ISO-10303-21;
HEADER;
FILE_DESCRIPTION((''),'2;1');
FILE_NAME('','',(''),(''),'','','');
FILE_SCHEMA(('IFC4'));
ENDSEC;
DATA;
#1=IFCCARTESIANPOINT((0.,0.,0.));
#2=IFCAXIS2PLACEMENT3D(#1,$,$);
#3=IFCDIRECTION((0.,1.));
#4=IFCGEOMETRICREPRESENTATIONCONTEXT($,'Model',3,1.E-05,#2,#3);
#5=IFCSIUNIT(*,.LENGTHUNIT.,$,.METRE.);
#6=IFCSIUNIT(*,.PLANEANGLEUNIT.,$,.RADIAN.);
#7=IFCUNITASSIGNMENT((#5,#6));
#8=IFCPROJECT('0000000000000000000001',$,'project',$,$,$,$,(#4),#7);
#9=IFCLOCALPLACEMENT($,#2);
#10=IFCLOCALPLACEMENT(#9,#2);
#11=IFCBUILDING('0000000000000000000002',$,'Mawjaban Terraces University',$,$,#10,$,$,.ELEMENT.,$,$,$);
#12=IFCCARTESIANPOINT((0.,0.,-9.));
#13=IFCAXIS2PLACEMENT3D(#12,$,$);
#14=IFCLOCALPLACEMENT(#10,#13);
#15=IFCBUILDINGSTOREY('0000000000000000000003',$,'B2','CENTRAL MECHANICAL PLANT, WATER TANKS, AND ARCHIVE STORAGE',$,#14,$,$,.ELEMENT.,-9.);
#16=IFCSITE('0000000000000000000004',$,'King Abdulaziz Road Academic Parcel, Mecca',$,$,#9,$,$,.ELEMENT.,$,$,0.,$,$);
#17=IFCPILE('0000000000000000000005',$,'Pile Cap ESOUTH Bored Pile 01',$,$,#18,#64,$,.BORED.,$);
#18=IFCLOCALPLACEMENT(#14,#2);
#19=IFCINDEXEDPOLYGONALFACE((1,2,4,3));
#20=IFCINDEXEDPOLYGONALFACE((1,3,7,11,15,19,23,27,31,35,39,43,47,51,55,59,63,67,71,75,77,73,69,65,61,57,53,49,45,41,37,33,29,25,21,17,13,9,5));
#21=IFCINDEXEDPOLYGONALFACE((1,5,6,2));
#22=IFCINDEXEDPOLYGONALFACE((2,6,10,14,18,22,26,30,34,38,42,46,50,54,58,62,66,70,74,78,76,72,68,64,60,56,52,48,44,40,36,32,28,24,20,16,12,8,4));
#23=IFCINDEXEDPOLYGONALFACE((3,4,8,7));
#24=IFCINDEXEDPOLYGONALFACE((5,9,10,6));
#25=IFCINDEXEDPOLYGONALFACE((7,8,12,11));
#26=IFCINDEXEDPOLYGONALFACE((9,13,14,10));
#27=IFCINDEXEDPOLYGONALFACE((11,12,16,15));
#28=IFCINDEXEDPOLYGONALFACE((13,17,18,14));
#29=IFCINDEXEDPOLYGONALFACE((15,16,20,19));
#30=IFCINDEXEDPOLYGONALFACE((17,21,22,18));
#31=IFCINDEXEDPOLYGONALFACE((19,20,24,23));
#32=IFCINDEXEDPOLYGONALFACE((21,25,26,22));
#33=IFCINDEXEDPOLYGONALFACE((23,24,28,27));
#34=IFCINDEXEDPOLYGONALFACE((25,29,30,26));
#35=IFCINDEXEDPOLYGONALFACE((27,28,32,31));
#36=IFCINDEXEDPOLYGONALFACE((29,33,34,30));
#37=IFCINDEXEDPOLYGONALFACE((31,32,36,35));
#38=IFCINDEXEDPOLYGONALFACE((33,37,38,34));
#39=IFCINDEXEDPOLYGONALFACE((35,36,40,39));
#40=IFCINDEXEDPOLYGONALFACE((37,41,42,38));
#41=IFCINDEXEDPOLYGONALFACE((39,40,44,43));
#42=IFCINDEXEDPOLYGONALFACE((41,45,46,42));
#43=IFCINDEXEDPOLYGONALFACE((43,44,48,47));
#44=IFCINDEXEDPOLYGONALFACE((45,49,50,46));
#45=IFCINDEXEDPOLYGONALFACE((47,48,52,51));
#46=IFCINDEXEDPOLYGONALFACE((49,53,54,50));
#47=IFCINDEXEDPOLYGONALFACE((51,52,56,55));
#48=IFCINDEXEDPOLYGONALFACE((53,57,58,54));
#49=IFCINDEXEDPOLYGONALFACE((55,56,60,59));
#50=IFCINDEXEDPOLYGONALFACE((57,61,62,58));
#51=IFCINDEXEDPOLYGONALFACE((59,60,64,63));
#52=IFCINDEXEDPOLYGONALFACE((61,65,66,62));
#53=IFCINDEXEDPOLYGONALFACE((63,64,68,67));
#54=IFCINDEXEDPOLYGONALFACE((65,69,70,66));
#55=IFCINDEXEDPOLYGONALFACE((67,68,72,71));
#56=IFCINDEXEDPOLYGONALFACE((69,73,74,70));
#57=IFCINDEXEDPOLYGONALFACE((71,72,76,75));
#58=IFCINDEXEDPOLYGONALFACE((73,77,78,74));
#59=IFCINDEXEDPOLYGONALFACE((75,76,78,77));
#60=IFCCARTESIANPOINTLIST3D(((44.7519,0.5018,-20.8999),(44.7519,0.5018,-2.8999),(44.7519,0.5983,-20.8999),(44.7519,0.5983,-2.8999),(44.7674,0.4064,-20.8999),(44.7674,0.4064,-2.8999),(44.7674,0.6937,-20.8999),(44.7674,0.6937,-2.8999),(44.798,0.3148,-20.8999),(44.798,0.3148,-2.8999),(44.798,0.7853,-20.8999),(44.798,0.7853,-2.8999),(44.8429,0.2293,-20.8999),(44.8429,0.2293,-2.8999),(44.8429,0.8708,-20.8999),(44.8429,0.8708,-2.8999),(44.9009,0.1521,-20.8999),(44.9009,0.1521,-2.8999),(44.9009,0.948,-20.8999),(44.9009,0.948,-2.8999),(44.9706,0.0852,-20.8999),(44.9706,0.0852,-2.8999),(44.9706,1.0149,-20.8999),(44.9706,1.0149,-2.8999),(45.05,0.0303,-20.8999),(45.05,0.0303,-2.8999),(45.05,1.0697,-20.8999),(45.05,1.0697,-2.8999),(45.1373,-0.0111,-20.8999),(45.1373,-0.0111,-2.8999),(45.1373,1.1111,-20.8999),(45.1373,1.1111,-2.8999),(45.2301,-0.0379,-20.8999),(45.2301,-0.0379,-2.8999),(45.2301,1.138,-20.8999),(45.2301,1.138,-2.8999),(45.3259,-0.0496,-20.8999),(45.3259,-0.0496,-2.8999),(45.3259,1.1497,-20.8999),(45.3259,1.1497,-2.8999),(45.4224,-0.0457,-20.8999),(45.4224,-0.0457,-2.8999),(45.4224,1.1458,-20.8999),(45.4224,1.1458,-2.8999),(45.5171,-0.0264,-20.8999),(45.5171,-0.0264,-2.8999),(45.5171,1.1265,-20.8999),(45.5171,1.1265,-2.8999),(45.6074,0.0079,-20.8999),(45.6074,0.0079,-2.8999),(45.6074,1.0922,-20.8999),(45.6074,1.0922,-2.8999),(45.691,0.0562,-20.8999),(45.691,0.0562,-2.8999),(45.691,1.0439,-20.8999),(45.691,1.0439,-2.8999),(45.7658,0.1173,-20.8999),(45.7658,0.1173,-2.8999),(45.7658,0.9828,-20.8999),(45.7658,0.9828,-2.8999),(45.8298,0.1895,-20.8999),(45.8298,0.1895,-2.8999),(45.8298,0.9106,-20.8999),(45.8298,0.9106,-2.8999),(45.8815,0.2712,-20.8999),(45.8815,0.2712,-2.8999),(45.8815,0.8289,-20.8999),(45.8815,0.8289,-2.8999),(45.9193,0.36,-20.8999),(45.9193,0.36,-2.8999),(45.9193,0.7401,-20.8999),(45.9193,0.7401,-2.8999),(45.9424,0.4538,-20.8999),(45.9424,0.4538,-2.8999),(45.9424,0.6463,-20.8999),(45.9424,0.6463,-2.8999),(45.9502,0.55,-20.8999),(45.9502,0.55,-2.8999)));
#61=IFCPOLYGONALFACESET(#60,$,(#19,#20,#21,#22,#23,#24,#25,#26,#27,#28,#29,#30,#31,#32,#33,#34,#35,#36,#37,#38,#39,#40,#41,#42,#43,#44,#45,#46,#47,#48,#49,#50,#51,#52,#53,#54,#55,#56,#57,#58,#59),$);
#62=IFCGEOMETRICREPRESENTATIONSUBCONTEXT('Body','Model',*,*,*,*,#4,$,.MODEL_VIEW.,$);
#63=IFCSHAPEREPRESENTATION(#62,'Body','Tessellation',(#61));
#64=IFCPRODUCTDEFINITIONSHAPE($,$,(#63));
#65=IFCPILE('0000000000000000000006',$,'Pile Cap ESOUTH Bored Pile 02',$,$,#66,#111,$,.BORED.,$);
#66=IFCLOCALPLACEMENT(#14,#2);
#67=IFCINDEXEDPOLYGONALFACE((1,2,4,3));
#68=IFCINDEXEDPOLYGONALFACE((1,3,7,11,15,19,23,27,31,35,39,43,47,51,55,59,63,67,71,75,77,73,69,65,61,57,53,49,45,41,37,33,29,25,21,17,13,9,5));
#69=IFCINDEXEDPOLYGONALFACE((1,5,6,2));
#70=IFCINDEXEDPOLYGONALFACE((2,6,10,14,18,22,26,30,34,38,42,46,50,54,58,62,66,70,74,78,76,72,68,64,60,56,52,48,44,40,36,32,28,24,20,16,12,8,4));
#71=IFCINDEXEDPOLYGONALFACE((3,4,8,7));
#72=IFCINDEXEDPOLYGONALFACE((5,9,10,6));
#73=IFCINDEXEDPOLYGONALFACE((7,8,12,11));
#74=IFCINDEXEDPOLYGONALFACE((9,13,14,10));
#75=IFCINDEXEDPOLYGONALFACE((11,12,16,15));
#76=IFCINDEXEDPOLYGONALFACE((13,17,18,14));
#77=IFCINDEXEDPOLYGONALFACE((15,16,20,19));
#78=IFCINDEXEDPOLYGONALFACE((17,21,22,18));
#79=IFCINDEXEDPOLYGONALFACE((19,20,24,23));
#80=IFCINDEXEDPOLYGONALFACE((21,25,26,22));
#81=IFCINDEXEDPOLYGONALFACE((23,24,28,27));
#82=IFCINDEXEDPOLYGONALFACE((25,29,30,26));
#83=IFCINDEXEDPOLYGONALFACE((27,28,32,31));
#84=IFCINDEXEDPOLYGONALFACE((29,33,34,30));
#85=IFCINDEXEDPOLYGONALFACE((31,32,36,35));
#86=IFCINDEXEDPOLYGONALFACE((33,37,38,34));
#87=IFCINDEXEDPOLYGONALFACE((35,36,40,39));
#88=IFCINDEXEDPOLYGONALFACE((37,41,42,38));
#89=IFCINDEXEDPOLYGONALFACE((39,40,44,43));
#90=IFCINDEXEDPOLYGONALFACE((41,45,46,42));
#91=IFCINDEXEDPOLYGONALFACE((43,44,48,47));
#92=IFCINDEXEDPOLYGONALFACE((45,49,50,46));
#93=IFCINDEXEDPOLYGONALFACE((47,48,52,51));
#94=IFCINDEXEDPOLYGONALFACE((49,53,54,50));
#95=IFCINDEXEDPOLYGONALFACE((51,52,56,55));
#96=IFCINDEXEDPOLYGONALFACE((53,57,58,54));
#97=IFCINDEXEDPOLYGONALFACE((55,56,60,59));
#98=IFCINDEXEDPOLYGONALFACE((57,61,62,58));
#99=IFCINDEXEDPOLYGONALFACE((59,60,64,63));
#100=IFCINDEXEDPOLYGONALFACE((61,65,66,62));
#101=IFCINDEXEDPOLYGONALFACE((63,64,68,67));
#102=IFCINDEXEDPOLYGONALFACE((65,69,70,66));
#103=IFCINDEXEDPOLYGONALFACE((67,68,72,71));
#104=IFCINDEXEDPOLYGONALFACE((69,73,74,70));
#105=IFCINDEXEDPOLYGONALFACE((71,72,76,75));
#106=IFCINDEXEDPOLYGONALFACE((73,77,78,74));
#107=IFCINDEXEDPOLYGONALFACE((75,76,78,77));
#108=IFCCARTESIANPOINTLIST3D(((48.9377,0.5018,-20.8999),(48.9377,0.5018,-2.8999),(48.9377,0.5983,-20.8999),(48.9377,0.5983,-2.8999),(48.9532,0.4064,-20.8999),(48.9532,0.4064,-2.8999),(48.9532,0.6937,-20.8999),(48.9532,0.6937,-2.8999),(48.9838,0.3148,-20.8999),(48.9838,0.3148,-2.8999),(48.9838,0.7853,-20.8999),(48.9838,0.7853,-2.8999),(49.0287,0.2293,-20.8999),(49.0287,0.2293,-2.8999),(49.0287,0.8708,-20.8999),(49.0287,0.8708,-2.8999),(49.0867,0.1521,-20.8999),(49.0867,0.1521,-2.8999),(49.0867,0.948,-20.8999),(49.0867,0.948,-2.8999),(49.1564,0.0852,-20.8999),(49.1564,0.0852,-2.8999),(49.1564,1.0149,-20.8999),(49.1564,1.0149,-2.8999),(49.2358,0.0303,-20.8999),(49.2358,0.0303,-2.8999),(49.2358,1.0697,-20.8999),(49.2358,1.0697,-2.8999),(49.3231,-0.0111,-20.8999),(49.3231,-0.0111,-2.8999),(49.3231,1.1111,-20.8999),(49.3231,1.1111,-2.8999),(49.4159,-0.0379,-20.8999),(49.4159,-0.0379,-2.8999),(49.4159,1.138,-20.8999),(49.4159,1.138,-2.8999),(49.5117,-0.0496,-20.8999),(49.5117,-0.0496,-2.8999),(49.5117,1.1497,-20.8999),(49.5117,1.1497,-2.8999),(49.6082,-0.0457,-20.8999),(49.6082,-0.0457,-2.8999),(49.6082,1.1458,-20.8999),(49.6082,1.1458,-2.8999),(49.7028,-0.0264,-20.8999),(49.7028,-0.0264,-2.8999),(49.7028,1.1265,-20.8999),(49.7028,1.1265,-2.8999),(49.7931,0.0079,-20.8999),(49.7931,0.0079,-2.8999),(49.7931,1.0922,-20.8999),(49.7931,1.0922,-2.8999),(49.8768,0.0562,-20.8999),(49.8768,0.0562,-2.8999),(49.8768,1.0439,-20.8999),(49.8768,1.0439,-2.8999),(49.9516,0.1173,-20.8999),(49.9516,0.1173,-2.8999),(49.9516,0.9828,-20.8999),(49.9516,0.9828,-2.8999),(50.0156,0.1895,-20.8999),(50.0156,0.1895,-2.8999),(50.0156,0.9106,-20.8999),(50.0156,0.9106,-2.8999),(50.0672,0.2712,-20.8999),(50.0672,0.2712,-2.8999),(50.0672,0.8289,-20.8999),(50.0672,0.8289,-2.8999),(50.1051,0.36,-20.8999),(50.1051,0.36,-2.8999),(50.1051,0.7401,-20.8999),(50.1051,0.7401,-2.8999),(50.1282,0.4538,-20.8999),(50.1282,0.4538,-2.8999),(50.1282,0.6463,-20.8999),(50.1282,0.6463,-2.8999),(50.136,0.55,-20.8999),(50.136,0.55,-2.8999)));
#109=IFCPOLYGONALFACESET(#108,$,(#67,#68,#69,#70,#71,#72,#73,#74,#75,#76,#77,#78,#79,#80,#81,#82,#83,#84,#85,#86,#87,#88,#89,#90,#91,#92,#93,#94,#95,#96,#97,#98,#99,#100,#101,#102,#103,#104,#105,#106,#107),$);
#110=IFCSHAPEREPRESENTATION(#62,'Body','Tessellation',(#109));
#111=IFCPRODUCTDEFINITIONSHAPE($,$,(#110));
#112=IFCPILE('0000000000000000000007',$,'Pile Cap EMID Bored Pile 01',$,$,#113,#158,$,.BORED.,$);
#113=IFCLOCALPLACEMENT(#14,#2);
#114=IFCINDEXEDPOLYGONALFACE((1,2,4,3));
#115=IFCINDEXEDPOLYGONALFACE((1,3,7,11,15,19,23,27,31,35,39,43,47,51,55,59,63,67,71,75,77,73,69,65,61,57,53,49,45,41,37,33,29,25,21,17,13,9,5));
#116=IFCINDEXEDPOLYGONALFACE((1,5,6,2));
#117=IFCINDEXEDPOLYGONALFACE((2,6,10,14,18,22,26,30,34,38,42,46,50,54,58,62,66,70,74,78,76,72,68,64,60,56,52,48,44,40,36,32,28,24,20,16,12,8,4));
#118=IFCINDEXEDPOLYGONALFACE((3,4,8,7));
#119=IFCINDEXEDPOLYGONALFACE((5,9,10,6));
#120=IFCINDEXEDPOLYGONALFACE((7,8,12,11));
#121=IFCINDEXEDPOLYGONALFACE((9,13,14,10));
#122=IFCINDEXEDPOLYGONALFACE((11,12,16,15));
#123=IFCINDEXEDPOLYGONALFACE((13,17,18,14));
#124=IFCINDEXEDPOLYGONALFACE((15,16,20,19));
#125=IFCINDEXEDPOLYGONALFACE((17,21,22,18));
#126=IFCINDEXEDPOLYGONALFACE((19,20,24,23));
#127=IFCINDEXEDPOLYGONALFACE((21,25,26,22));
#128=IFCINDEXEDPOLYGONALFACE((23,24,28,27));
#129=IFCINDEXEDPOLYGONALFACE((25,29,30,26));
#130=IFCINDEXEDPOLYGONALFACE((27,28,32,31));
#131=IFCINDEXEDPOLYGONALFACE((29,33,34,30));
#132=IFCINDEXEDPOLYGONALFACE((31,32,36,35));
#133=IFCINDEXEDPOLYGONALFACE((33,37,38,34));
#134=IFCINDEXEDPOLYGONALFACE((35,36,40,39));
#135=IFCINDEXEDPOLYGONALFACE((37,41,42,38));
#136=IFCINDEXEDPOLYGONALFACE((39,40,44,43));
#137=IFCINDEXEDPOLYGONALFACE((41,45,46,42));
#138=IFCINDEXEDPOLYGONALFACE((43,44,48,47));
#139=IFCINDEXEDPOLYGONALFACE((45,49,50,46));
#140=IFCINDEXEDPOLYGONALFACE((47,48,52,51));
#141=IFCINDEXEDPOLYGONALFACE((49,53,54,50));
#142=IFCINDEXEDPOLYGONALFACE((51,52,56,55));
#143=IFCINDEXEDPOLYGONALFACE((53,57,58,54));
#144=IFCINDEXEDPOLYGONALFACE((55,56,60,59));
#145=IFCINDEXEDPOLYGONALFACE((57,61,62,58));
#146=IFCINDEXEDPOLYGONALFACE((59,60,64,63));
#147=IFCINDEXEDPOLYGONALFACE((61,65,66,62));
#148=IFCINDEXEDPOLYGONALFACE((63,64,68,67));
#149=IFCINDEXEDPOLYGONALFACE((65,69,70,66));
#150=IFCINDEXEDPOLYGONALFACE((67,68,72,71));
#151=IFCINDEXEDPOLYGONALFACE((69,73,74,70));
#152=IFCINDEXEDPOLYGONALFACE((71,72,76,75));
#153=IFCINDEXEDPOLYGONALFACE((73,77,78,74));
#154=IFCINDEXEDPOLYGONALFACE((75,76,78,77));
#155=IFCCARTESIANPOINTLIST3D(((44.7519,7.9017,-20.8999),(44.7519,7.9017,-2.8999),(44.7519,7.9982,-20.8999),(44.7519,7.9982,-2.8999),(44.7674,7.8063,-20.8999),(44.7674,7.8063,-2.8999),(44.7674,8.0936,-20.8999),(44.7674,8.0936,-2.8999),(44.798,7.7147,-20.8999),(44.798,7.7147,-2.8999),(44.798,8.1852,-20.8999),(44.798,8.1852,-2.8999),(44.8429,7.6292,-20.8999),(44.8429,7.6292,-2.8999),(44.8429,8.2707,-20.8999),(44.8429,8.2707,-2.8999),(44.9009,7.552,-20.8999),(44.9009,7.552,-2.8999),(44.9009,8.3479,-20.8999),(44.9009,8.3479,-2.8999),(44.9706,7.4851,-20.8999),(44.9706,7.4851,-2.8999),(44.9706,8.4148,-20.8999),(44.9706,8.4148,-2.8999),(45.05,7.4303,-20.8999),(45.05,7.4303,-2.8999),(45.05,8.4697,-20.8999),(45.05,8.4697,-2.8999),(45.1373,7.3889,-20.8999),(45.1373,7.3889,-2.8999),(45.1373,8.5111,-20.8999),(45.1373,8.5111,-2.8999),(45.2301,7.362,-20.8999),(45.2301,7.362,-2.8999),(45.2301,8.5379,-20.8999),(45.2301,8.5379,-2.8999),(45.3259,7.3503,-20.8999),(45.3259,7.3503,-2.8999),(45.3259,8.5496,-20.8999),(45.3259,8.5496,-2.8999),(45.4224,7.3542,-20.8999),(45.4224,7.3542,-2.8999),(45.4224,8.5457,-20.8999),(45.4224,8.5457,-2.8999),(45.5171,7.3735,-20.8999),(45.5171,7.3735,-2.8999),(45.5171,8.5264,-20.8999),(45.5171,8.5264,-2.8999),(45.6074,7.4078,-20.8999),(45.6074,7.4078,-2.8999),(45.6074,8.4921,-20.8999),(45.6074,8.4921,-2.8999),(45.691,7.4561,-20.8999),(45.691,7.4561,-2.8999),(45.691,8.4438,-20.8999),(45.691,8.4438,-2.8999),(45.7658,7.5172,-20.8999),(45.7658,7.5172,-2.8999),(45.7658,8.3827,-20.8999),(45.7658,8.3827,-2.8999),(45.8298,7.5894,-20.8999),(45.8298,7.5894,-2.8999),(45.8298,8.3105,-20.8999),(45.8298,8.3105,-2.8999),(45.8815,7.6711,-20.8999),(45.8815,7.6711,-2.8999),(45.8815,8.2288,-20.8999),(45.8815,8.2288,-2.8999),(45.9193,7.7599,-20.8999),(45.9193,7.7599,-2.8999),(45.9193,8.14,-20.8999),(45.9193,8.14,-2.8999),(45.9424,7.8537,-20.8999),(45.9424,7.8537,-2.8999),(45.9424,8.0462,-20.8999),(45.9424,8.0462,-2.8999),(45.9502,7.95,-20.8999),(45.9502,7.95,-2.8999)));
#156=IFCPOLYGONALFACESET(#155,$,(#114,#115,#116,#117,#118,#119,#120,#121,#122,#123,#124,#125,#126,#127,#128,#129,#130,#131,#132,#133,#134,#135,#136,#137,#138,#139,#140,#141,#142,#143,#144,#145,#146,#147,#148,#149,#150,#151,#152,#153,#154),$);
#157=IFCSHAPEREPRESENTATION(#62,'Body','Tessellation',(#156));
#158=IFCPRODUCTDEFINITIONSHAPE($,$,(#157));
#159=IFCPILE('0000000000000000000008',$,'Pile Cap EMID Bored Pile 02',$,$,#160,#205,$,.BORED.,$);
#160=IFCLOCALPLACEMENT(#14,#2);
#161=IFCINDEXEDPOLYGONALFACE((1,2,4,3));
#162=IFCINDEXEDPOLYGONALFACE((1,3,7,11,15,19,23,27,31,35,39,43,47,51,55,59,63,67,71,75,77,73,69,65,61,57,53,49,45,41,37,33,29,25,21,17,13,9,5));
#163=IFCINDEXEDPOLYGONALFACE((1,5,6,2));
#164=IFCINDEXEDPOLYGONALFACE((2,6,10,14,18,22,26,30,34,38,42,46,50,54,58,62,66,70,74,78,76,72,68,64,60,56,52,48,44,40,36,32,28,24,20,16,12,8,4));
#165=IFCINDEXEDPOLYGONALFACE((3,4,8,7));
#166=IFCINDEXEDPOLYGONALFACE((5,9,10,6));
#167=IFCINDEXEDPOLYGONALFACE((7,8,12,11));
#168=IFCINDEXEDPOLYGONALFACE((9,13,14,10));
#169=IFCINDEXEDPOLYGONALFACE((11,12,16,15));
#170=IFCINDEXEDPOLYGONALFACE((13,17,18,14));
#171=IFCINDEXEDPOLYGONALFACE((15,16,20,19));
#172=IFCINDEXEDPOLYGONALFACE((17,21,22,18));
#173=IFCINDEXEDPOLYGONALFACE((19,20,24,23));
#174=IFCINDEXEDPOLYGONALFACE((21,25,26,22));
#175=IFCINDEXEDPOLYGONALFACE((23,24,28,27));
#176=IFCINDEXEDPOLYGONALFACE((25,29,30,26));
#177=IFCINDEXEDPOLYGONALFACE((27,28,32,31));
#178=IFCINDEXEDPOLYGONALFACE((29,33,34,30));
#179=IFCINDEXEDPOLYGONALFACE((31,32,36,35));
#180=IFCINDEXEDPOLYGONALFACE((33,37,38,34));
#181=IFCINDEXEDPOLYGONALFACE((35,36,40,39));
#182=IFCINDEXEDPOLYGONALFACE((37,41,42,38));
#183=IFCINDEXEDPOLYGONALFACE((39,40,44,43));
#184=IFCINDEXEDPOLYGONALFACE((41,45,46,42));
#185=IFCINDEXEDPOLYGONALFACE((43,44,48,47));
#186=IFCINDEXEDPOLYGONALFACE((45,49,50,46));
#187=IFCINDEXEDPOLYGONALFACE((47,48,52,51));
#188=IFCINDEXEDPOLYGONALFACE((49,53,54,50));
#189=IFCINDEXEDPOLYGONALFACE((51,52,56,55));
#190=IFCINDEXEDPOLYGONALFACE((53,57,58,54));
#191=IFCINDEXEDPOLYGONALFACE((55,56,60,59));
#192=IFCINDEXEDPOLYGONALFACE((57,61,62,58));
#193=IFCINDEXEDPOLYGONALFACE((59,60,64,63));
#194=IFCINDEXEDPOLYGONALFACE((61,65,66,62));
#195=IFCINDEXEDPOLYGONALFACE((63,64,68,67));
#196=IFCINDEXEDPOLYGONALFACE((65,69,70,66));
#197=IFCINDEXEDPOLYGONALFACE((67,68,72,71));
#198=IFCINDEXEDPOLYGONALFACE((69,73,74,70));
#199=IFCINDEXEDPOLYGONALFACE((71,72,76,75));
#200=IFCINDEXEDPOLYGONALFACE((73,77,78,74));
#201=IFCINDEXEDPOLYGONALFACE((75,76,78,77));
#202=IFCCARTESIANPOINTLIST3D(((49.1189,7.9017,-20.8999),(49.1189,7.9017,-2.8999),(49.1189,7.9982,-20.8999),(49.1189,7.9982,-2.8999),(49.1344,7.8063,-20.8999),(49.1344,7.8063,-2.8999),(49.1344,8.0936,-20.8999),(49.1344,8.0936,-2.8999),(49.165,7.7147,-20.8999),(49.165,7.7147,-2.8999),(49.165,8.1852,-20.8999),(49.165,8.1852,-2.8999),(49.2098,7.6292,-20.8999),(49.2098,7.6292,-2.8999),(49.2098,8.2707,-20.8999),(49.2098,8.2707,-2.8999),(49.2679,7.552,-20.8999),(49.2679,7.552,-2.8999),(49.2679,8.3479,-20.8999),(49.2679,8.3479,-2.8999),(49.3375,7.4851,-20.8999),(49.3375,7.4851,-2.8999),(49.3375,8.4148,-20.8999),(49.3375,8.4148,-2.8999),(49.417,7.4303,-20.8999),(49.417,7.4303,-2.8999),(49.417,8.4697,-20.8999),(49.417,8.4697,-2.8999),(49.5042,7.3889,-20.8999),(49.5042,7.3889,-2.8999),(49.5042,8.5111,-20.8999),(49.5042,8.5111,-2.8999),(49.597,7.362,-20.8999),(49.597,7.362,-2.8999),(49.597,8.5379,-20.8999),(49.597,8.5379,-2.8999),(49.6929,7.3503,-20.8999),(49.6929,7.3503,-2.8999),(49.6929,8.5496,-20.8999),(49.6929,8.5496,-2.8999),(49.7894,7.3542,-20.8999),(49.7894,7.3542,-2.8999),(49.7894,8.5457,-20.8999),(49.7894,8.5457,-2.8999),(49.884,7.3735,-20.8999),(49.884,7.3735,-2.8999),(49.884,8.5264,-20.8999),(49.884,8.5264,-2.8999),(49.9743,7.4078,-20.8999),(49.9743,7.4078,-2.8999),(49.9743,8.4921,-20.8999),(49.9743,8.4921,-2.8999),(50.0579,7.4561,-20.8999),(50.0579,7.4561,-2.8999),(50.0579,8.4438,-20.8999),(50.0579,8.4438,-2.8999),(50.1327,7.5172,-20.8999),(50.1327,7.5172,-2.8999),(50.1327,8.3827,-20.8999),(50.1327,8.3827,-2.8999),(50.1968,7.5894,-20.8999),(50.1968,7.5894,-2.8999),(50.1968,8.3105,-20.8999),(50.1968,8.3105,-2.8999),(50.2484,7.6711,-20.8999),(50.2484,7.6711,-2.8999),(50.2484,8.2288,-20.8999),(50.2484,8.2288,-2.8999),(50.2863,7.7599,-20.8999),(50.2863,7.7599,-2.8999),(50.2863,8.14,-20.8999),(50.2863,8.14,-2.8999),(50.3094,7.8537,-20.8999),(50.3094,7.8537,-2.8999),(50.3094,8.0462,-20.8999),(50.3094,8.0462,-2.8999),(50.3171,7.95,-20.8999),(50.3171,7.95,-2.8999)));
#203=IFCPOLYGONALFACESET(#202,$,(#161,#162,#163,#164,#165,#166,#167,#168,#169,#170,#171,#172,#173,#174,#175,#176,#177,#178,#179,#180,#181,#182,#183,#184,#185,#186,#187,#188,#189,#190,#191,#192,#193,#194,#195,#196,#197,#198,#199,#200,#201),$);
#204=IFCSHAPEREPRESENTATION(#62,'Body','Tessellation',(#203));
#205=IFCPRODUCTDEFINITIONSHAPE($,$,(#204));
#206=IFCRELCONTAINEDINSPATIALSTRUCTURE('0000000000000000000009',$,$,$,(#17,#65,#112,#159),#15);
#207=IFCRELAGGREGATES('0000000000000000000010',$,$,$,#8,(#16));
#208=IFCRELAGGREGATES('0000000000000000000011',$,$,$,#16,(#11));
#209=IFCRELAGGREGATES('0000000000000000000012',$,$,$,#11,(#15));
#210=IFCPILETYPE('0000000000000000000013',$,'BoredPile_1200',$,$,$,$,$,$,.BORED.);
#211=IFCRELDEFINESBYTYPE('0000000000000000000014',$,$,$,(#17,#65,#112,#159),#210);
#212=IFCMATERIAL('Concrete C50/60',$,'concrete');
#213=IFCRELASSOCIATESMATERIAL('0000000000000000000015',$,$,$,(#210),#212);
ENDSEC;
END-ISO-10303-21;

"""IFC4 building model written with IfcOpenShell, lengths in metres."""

from ifc_helpers import new_model, si_unit, direction, frame, origin, origin_2d, place, context, subcontext, project, spatial, circle, extrude, material, material_profile, profile_set, type_object, element, save


model = new_model("IFC4")

# Units and contexts
model_context = context("Model", 3, precision=1e-05, world=origin(), true_north=direction((0.0, 1.0)))
body_context = subcontext(model_context, "Body", "Model", "MODEL_VIEW")
ifc_project = project(units=[si_unit("LENGTHUNIT", "METRE"), si_unit("PLANEANGLEUNIT", "RADIAN")], contexts=[model_context])

# Site, building, storey
site_placement = place(None, origin())
site = spatial("IfcSite", under=ifc_project, at=site_placement, Name="King Abdulaziz Road Academic Parcel, Mecca", CompositionType="ELEMENT", RefElevation=0.0)
building_placement = place(site_placement, origin())
building = spatial("IfcBuilding", under=site, at=building_placement, Name="Mawjaban Terraces University", CompositionType="ELEMENT")
storey_placement = place(building_placement, frame((0.0, 0.0, -9.0)))
storey = spatial("IfcBuildingStorey", under=building, at=storey_placement, Name="B2", Description="CENTRAL MECHANICAL PLANT, WATER TANKS, AND ARCHIVE STORAGE", CompositionType="ELEMENT", Elevation=-9.0)

# Piles
ifc_material_1 = material(Name="Concrete C50/60", Category="concrete")
ifc_material_profile_1 = material_profile(ifc_material_1, circle(Radius=0.6001, at=origin_2d()), Name="PILE1200")
ifc_profile_set_1 = profile_set([ifc_material_profile_1], Name="Concrete C50/60")
pile_type = type_object("IfcPileType", Name="BoredPile_1200", PredefinedType="BORED", material=ifc_profile_set_1)
for number, where, z_axis, x_axis, name in (
    (1, (45.3501, 0.55, -2.8999), (0.0, 0.0, -1.0), (1.0, 0.0, 0.0), "Pile Cap ESOUTH Bored Pile 01"),
    (2, (49.5359, 0.55, -2.8999), (0.0, 0.0, -1.0), (1.0, 0.0, 0.0), "Pile Cap ESOUTH Bored Pile 02"),
    (3, (45.3501, 7.95, -2.8999), (0.0, 0.0, -1.0), (1.0, 0.0, 0.0), "Pile Cap EMID Bored Pile 01"),
    (4, (49.717, 7.95, -2.8999), (0.0, 0.0, -1.0), (1.0, 0.0, 0.0), "Pile Cap EMID Bored Pile 02"),
):
    element("IfcPile", number, at=place(storey_placement, frame(where, z_axis=z_axis, x_axis=x_axis)), inside=storey, type_object=pile_type, Name=name, PredefinedType="BORED", context=body_context, shape_type="SweptSolid", body=[
        extrude(circle(Radius=0.6001, at=origin_2d()), origin(), (0.0, 0.0, 1.0), 18.0),
    ])

save(model, "model.ifc")
